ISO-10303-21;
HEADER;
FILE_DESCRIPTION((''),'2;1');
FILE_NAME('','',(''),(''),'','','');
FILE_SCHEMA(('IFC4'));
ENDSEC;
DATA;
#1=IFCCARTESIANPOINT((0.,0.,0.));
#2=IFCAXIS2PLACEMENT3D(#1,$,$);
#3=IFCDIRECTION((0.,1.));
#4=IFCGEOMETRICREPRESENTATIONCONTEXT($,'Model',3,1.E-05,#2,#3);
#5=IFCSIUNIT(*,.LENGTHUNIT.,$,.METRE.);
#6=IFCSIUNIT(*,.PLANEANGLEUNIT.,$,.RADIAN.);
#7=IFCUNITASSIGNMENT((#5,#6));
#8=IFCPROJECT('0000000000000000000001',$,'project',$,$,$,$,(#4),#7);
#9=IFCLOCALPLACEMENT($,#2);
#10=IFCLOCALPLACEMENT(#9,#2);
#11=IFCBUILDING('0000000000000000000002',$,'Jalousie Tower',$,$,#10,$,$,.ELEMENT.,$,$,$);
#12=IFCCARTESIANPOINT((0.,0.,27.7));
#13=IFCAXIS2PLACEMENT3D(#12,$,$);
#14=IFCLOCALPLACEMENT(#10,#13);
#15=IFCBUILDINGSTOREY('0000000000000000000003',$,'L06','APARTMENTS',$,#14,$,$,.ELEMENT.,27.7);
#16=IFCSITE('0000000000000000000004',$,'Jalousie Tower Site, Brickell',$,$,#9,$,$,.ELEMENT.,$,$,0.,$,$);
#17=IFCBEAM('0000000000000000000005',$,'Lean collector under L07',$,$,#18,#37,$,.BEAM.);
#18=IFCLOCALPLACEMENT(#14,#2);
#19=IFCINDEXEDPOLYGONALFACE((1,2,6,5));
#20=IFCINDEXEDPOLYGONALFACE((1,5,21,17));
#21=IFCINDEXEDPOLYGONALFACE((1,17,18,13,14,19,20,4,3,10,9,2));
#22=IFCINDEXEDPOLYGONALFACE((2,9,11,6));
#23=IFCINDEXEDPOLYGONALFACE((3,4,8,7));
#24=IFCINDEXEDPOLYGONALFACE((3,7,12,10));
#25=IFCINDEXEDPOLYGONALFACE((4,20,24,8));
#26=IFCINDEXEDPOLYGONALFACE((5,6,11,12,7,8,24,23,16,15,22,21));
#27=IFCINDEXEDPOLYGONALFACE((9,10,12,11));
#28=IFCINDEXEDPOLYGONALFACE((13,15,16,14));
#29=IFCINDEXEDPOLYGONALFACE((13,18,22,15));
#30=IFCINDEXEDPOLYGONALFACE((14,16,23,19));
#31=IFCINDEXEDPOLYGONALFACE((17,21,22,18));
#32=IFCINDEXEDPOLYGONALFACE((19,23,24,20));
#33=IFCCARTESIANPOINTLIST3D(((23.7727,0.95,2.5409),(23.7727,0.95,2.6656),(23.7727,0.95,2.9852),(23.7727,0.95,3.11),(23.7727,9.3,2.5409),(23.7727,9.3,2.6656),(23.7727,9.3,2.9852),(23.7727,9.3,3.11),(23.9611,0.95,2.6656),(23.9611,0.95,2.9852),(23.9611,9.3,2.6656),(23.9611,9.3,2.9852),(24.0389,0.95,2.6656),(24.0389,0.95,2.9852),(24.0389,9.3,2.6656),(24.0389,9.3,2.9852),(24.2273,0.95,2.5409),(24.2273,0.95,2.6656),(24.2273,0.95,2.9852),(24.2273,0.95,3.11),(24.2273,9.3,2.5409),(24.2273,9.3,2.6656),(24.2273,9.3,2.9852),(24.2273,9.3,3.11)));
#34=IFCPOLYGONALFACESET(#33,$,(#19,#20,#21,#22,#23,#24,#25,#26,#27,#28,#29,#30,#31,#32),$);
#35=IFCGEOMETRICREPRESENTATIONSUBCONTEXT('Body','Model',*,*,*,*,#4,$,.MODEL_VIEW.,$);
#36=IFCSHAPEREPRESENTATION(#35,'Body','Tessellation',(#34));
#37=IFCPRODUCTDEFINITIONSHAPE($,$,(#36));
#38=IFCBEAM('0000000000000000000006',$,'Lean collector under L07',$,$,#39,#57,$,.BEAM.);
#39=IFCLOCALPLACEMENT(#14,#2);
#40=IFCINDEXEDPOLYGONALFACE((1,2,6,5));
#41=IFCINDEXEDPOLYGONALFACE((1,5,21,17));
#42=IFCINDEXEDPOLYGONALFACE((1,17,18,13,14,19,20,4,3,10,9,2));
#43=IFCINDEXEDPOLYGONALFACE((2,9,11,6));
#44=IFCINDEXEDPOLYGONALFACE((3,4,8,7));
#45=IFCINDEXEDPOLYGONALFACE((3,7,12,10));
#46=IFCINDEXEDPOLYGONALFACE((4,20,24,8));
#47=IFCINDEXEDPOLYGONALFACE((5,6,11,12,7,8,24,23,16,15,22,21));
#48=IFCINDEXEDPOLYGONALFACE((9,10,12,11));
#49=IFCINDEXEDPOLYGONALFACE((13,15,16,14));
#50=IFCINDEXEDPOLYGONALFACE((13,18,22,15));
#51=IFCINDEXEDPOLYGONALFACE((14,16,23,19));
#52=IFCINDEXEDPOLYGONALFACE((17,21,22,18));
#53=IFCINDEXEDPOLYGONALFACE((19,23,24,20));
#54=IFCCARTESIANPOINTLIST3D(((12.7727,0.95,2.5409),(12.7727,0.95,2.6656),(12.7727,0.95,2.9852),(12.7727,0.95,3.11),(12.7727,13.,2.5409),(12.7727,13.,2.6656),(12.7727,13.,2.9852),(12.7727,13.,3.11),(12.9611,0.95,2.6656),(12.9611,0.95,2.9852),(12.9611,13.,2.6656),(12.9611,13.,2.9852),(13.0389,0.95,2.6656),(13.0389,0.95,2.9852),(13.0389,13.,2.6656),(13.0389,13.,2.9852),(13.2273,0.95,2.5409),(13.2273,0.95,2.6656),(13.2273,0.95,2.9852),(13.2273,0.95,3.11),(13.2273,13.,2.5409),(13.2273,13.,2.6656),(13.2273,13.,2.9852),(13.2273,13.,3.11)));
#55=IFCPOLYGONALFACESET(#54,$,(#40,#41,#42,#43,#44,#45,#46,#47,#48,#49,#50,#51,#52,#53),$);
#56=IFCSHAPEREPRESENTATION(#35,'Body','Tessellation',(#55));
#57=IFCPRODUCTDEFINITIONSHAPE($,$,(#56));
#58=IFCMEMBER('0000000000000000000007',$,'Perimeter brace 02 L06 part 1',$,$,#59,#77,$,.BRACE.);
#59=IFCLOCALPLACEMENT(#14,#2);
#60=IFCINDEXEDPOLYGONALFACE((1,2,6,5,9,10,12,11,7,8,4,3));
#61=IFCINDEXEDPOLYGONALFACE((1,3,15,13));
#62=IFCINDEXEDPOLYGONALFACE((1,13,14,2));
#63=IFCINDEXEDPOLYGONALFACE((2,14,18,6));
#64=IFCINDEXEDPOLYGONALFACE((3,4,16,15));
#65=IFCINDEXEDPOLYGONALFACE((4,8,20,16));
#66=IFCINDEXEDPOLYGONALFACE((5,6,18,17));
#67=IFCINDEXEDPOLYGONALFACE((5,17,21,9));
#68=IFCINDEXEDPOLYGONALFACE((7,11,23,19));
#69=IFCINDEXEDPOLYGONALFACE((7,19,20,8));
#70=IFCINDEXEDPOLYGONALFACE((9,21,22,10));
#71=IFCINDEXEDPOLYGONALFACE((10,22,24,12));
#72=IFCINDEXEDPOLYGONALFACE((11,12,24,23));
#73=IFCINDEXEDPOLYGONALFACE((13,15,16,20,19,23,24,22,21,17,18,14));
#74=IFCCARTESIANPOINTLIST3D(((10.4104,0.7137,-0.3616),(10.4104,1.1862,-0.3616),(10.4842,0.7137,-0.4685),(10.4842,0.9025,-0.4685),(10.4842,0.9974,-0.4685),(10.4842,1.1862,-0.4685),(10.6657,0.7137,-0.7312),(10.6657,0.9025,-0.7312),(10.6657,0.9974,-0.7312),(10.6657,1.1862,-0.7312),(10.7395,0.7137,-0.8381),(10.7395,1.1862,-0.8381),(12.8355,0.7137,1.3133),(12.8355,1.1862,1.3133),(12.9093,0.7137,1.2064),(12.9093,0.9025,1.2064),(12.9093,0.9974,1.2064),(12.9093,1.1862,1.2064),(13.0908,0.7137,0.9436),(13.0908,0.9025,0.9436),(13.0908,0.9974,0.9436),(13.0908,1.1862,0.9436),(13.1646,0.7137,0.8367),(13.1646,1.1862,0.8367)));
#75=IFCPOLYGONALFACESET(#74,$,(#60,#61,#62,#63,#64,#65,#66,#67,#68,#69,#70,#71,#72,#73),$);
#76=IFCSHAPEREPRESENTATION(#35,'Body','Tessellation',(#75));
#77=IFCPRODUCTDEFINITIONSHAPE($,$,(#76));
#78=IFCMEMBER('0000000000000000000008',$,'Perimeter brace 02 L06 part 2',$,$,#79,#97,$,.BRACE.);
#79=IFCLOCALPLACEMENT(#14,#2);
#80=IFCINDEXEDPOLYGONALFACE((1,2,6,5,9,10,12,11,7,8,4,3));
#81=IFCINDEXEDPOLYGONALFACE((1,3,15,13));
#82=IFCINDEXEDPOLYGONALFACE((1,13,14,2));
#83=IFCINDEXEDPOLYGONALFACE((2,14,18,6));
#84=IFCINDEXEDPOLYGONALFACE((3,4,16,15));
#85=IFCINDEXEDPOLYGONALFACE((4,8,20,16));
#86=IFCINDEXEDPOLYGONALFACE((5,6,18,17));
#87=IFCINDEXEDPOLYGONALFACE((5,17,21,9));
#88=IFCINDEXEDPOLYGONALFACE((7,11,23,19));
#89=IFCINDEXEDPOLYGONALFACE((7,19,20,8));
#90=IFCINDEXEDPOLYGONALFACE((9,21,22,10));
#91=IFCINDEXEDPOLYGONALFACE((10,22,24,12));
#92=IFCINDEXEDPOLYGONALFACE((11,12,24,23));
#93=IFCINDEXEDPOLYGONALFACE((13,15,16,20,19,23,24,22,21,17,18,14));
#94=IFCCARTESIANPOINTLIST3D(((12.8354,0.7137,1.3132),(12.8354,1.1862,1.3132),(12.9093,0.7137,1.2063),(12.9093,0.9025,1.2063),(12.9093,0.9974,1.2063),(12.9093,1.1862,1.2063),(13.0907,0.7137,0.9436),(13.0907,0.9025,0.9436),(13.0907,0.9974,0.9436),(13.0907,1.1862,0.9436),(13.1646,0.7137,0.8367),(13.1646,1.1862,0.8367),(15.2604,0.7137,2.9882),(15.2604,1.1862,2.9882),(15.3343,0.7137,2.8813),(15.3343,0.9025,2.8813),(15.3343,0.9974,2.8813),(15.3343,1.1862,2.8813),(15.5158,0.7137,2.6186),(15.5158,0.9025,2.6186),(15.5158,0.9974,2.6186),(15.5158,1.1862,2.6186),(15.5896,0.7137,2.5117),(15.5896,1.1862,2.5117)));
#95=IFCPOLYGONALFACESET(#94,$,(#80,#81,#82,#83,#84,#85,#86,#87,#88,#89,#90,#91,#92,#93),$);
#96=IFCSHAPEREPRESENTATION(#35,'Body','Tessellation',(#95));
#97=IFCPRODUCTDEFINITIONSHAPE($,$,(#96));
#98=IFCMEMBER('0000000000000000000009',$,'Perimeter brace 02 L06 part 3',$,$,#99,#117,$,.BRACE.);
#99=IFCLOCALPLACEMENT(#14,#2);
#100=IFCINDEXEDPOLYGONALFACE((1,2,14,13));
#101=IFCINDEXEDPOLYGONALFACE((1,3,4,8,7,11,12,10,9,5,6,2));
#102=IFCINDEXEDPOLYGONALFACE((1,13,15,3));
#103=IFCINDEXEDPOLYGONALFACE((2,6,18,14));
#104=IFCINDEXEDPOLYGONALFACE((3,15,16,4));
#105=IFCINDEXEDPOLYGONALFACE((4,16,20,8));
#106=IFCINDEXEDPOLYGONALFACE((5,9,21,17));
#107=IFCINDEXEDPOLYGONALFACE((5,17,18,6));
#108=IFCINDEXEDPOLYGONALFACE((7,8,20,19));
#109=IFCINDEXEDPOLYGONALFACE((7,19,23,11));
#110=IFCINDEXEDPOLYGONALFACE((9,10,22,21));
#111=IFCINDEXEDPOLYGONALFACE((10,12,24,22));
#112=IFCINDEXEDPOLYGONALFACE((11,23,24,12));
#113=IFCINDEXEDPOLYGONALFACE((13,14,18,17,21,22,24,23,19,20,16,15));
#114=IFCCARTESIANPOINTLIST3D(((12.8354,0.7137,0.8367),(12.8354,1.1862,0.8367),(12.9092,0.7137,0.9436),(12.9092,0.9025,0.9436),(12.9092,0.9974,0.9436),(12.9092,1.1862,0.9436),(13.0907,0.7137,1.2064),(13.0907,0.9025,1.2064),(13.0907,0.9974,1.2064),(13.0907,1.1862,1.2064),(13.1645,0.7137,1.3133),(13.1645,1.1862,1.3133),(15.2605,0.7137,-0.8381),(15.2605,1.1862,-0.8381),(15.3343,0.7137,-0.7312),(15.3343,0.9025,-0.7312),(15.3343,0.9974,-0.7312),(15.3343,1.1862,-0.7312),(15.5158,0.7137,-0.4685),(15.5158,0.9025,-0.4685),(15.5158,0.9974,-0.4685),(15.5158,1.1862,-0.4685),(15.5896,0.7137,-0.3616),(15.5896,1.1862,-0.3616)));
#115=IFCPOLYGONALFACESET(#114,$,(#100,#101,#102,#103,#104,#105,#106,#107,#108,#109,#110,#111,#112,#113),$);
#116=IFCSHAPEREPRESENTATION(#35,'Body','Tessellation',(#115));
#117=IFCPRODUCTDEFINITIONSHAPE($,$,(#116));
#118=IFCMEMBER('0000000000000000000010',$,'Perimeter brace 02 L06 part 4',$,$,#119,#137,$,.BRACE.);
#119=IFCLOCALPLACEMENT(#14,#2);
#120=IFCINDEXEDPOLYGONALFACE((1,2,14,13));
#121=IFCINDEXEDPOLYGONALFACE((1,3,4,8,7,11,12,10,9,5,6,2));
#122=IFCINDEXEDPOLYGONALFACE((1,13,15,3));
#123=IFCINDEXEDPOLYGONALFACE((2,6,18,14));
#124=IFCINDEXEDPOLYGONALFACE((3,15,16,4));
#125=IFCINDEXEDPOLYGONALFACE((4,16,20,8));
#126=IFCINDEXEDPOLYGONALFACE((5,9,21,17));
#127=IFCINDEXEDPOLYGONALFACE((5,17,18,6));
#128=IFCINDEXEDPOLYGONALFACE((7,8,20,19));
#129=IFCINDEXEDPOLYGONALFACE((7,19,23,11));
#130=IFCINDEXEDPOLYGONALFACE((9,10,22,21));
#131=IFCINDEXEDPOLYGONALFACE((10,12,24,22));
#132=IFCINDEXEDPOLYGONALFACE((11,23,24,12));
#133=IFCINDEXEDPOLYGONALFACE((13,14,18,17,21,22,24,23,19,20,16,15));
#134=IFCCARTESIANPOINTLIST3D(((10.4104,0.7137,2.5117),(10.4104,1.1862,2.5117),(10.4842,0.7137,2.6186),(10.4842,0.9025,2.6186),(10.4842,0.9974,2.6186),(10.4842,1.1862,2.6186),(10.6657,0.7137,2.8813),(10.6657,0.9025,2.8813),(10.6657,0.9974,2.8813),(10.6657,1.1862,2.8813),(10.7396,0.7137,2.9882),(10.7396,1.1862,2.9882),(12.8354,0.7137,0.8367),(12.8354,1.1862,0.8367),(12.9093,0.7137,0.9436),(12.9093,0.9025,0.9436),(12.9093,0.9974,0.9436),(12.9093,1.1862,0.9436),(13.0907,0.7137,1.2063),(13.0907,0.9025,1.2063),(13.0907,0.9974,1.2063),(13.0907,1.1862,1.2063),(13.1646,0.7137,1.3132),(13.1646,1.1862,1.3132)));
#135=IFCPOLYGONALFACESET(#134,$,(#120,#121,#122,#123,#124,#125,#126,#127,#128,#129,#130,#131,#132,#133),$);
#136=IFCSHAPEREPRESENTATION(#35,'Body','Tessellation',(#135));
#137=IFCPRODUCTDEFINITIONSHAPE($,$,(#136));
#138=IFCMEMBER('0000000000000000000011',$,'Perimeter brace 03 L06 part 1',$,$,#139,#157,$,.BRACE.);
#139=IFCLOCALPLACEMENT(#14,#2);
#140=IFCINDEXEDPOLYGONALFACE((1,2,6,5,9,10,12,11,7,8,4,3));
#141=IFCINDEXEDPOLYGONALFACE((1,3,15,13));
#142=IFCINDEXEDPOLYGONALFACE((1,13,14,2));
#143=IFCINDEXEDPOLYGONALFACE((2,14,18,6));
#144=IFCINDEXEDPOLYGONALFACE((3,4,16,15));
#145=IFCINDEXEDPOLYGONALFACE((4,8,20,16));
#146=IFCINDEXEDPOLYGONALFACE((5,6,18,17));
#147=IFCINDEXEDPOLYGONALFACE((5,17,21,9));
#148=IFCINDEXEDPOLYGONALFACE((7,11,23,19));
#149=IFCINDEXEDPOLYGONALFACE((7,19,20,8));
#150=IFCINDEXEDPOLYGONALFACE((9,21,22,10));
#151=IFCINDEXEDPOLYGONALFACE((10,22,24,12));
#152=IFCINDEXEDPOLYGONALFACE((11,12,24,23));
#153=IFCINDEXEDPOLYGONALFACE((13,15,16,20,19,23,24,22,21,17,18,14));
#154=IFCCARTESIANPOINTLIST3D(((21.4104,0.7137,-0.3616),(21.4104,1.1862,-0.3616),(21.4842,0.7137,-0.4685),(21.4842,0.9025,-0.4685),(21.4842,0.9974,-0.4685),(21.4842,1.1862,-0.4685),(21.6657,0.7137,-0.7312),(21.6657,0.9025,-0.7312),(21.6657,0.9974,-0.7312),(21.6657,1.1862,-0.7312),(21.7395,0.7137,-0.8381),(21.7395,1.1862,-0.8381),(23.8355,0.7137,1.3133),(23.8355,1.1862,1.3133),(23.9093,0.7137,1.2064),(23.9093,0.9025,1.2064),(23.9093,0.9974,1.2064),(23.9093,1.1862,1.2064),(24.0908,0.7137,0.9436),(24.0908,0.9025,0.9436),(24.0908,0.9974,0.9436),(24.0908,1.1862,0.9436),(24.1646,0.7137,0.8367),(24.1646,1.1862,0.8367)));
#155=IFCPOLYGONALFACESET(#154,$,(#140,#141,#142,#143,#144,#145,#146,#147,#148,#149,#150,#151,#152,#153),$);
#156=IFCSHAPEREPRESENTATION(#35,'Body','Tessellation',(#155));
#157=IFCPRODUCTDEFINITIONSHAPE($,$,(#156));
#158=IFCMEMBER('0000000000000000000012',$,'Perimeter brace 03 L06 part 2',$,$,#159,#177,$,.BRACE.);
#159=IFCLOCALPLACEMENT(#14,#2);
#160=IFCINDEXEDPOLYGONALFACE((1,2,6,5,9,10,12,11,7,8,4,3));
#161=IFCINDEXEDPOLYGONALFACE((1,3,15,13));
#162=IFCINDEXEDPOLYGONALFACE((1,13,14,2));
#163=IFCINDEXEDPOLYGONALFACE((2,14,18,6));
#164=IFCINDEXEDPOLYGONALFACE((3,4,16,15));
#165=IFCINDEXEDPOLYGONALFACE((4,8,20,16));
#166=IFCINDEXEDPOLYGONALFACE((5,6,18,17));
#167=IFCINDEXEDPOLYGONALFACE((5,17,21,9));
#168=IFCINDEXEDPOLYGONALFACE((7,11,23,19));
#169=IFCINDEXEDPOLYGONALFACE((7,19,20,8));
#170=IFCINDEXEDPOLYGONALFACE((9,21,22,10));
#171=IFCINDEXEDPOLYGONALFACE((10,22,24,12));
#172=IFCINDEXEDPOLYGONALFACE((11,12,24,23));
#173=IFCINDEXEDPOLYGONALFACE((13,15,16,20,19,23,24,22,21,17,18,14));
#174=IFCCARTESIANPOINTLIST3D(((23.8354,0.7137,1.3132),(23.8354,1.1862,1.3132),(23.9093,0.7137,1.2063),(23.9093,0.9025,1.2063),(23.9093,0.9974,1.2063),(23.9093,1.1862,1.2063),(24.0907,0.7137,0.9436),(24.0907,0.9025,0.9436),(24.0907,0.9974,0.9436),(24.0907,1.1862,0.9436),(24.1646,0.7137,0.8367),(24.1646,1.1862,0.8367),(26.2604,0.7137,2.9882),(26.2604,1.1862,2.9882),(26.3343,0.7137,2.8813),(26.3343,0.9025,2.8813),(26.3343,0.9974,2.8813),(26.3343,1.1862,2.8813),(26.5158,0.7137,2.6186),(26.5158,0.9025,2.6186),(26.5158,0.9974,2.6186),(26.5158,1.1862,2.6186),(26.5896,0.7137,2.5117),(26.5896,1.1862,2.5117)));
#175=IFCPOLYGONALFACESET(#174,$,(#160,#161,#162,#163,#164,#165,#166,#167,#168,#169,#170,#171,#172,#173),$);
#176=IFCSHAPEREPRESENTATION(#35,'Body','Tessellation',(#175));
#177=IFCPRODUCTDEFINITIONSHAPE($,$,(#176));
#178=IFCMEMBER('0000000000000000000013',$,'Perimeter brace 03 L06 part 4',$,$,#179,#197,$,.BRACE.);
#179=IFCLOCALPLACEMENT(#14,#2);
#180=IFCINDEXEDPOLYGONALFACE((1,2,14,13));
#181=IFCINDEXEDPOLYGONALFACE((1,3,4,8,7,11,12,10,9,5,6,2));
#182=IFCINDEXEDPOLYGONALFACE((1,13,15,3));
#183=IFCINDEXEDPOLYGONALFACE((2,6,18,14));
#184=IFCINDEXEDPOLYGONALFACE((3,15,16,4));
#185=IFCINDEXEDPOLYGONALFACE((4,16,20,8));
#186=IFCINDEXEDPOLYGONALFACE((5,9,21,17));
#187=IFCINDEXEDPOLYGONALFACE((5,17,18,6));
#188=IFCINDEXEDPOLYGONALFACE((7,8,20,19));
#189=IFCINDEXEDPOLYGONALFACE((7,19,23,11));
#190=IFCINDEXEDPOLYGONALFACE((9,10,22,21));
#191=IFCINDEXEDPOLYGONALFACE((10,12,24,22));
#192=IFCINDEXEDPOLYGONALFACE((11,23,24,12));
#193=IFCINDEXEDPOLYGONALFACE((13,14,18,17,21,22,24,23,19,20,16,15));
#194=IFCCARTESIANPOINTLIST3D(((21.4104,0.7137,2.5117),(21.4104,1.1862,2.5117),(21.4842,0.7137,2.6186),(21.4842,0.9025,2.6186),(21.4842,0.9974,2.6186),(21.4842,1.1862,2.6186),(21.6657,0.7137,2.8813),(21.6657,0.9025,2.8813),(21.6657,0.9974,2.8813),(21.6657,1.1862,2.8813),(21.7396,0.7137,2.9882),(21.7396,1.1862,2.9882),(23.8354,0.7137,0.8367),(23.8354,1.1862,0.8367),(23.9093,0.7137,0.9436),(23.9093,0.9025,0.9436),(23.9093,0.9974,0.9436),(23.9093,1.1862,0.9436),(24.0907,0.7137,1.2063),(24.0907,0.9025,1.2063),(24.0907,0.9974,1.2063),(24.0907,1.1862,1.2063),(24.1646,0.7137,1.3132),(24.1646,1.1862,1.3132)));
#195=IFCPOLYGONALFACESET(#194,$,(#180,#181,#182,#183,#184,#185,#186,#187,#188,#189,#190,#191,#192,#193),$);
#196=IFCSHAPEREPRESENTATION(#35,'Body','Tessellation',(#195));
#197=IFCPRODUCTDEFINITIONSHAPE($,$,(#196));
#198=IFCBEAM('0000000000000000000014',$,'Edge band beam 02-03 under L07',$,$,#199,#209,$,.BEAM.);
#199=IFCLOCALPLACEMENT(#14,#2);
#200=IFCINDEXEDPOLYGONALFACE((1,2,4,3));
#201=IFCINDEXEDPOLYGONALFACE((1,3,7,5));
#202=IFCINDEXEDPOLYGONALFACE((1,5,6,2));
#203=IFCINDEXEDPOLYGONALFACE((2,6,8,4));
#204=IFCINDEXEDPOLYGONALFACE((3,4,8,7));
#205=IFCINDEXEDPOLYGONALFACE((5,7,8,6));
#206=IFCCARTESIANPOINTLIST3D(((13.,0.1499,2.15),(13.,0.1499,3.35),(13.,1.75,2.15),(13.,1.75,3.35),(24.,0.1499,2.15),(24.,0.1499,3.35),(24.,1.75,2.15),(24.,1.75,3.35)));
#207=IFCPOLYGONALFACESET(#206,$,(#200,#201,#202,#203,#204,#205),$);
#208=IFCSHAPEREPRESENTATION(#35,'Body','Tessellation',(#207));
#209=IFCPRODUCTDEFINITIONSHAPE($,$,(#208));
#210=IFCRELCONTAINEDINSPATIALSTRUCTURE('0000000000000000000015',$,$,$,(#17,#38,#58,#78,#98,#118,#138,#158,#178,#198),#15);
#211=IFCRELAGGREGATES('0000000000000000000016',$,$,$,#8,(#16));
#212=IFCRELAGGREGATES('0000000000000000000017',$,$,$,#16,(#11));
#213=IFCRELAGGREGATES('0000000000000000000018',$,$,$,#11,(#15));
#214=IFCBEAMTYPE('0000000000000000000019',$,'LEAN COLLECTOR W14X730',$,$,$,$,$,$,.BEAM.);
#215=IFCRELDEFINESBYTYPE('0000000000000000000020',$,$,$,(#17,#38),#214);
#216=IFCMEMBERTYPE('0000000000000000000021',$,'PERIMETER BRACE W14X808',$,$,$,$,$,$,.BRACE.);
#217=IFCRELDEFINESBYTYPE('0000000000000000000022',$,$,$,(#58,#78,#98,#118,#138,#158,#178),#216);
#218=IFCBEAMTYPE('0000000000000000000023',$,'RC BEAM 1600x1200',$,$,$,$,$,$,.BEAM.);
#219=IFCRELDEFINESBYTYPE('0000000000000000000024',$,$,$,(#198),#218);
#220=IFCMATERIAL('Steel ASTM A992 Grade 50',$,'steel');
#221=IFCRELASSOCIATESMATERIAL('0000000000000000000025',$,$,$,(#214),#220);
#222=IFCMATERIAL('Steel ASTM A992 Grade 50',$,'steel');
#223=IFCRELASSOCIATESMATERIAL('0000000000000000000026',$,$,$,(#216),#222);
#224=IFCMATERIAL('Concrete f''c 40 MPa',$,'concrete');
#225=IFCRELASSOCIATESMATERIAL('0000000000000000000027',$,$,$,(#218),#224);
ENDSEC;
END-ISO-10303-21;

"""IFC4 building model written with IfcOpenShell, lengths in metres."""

from ifc_helpers import new_model, si_unit, direction, frame, origin, origin_2d, place, context, subcontext, project, spatial, rectangle, i_section, extrude, material, material_profile, profile_set, type_object, element, save


model = new_model("IFC4")

# Units and contexts
model_context = context("Model", 3, precision=1e-05, world=origin(), true_north=direction((0.0, 1.0)))
body_context = subcontext(model_context, "Body", "Model", "MODEL_VIEW")
ifc_project = project(units=[si_unit("LENGTHUNIT", "METRE"), si_unit("PLANEANGLEUNIT", "RADIAN")], contexts=[model_context])

# Site, building, storey
site_placement = place(None, origin())
site = spatial("IfcSite", under=ifc_project, at=site_placement, Name="Jalousie Tower Site, Brickell", CompositionType="ELEMENT", RefElevation=0.0)
building_placement = place(site_placement, origin())
building = spatial("IfcBuilding", under=site, at=building_placement, Name="Jalousie Tower", CompositionType="ELEMENT")
storey_placement = place(building_placement, frame((0.0, 0.0, 27.7)))
storey = spatial("IfcBuildingStorey", under=building, at=storey_placement, Name="L06", Description="APARTMENTS", CompositionType="ELEMENT", Elevation=27.7)

# Beams
ifc_material_1 = material(Name="Steel ASTM A992 Grade 50", Category="steel")
ifc_material_profile_1 = material_profile(ifc_material_1, i_section(OverallWidth=0.4546, OverallDepth=0.5691, WebThickness=0.0779, FlangeThickness=0.1248, at=origin_2d()), Name="W14X730")
ifc_profile_set_1 = profile_set([ifc_material_profile_1], Name="Steel ASTM A992 Grade 50")
beam_type_1 = type_object("IfcBeamType", Name="LEAN COLLECTOR W14X730", PredefinedType="BEAM", material=ifc_profile_set_1)
beam_1_placement = place(storey_placement, frame((24.0, 0.95, 2.8254), z_axis=(0.0, 1.0, 0.0), x_axis=(-1.0, 0.0, 0.0)))
element("IfcBeam", 1, at=beam_1_placement, inside=storey, type_object=beam_type_1, Name="Lean collector under L07", PredefinedType="BEAM", context=body_context, shape_type="SweptSolid", body=[
    extrude(i_section(OverallWidth=0.4546, OverallDepth=0.5691, WebThickness=0.0779, FlangeThickness=0.1248, at=origin_2d()), origin(), (0.0, 0.0, 1.0), 8.3501),
])
beam_2_placement = place(storey_placement, frame((13.0, 0.95, 2.8254), z_axis=(0.0, 1.0, 0.0), x_axis=(-1.0, 0.0, 0.0)))
element("IfcBeam", 2, at=beam_2_placement, inside=storey, type_object=beam_type_1, Name="Lean collector under L07", PredefinedType="BEAM", context=body_context, shape_type="SweptSolid", body=[
    extrude(i_section(OverallWidth=0.4546, OverallDepth=0.5691, WebThickness=0.0779, FlangeThickness=0.1248, at=origin_2d()), origin(), (0.0, 0.0, 1.0), 12.05),
])

# Members
ifc_material_2 = material(Name="Steel ASTM A992 Grade 50", Category="steel")
ifc_material_profile_2 = material_profile(ifc_material_2, i_section(OverallWidth=0.4724, OverallDepth=0.5791, WebThickness=0.095, FlangeThickness=0.1299, at=origin_2d()), Name="W14X808")
ifc_profile_set_2 = profile_set([ifc_material_profile_2], Name="Steel ASTM A992 Grade 50")
member_type_1 = type_object("IfcMemberType", Name="PERIMETER BRACE W14X808", PredefinedType="BRACE", material=ifc_profile_set_2)
for number, where, z_axis, x_axis, name in (
    (3, (10.575, 0.95, -0.5999), (0.822839, 0.0, 0.568275), (0.0, 1.0, 0.0), "Perimeter brace 02 L06 part 1"),
    (4, (13.0, 0.95, 1.075), (0.8228, 0.0, 0.568331), (0.0, 1.0, 0.0), "Perimeter brace 02 L06 part 2"),
    (5, (15.425, 0.95, -0.5999), (-0.822839, 0.0, 0.568275), (0.0, -1.0, 0.0), "Perimeter brace 02 L06 part 3"),
    (6, (13.0, 0.95, 1.075), (-0.8228, 0.0, 0.568331), (0.0, -1.0, 0.0), "Perimeter brace 02 L06 part 4"),
    (7, (21.575, 0.95, -0.5999), (0.822839, 0.0, 0.568275), (0.0, 1.0, 0.0), "Perimeter brace 03 L06 part 1"),
    (8, (24.0, 0.95, 1.075), (0.8228, 0.0, 0.568331), (0.0, 1.0, 0.0), "Perimeter brace 03 L06 part 2"),
    (9, (24.0, 0.95, 1.075), (-0.8228, 0.0, 0.568331), (0.0, -1.0, 0.0), "Perimeter brace 03 L06 part 4"),
):
    element("IfcMember", number, at=place(storey_placement, frame(where, z_axis=z_axis, x_axis=x_axis)), inside=storey, type_object=member_type_1, Name=name, PredefinedType="BRACE", context=body_context, shape_type="SweptSolid", body=[
        extrude(i_section(OverallWidth=0.4724, OverallDepth=0.5791, WebThickness=0.095, FlangeThickness=0.1299, at=origin_2d()), origin(), (0.0, 0.0, 1.0), 2.9473),
    ])

# Beam
ifc_material_3 = material(Name="Concrete f'c 40 MPa", Category="concrete")
ifc_material_profile_3 = material_profile(ifc_material_3, rectangle(XDim=1.6001, YDim=1.2, at=origin_2d()), Name="RC 1600x1200")
ifc_profile_set_3 = profile_set([ifc_material_profile_3], Name="Concrete f'c 40 MPa")
beam_type_2 = type_object("IfcBeamType", Name="RC BEAM 1600x1200", PredefinedType="BEAM", material=ifc_profile_set_3)
for number, where, z_axis, x_axis, name in (
    (10, (13.0, 0.95, 2.75), (1.0, 0.0, 0.0), (0.0, 1.0, 0.0), "Edge band beam 02-03 under L07"),
):
    element("IfcBeam", number, at=place(storey_placement, frame(where, z_axis=z_axis, x_axis=x_axis)), inside=storey, type_object=beam_type_2, Name=name, PredefinedType="BEAM", context=body_context, shape_type="SweptSolid", body=[
        extrude(rectangle(XDim=1.6001, YDim=1.2, at=origin_2d()), origin(), (0.0, 0.0, 1.0), 11.0),
    ])

save(model, "model.ifc")
